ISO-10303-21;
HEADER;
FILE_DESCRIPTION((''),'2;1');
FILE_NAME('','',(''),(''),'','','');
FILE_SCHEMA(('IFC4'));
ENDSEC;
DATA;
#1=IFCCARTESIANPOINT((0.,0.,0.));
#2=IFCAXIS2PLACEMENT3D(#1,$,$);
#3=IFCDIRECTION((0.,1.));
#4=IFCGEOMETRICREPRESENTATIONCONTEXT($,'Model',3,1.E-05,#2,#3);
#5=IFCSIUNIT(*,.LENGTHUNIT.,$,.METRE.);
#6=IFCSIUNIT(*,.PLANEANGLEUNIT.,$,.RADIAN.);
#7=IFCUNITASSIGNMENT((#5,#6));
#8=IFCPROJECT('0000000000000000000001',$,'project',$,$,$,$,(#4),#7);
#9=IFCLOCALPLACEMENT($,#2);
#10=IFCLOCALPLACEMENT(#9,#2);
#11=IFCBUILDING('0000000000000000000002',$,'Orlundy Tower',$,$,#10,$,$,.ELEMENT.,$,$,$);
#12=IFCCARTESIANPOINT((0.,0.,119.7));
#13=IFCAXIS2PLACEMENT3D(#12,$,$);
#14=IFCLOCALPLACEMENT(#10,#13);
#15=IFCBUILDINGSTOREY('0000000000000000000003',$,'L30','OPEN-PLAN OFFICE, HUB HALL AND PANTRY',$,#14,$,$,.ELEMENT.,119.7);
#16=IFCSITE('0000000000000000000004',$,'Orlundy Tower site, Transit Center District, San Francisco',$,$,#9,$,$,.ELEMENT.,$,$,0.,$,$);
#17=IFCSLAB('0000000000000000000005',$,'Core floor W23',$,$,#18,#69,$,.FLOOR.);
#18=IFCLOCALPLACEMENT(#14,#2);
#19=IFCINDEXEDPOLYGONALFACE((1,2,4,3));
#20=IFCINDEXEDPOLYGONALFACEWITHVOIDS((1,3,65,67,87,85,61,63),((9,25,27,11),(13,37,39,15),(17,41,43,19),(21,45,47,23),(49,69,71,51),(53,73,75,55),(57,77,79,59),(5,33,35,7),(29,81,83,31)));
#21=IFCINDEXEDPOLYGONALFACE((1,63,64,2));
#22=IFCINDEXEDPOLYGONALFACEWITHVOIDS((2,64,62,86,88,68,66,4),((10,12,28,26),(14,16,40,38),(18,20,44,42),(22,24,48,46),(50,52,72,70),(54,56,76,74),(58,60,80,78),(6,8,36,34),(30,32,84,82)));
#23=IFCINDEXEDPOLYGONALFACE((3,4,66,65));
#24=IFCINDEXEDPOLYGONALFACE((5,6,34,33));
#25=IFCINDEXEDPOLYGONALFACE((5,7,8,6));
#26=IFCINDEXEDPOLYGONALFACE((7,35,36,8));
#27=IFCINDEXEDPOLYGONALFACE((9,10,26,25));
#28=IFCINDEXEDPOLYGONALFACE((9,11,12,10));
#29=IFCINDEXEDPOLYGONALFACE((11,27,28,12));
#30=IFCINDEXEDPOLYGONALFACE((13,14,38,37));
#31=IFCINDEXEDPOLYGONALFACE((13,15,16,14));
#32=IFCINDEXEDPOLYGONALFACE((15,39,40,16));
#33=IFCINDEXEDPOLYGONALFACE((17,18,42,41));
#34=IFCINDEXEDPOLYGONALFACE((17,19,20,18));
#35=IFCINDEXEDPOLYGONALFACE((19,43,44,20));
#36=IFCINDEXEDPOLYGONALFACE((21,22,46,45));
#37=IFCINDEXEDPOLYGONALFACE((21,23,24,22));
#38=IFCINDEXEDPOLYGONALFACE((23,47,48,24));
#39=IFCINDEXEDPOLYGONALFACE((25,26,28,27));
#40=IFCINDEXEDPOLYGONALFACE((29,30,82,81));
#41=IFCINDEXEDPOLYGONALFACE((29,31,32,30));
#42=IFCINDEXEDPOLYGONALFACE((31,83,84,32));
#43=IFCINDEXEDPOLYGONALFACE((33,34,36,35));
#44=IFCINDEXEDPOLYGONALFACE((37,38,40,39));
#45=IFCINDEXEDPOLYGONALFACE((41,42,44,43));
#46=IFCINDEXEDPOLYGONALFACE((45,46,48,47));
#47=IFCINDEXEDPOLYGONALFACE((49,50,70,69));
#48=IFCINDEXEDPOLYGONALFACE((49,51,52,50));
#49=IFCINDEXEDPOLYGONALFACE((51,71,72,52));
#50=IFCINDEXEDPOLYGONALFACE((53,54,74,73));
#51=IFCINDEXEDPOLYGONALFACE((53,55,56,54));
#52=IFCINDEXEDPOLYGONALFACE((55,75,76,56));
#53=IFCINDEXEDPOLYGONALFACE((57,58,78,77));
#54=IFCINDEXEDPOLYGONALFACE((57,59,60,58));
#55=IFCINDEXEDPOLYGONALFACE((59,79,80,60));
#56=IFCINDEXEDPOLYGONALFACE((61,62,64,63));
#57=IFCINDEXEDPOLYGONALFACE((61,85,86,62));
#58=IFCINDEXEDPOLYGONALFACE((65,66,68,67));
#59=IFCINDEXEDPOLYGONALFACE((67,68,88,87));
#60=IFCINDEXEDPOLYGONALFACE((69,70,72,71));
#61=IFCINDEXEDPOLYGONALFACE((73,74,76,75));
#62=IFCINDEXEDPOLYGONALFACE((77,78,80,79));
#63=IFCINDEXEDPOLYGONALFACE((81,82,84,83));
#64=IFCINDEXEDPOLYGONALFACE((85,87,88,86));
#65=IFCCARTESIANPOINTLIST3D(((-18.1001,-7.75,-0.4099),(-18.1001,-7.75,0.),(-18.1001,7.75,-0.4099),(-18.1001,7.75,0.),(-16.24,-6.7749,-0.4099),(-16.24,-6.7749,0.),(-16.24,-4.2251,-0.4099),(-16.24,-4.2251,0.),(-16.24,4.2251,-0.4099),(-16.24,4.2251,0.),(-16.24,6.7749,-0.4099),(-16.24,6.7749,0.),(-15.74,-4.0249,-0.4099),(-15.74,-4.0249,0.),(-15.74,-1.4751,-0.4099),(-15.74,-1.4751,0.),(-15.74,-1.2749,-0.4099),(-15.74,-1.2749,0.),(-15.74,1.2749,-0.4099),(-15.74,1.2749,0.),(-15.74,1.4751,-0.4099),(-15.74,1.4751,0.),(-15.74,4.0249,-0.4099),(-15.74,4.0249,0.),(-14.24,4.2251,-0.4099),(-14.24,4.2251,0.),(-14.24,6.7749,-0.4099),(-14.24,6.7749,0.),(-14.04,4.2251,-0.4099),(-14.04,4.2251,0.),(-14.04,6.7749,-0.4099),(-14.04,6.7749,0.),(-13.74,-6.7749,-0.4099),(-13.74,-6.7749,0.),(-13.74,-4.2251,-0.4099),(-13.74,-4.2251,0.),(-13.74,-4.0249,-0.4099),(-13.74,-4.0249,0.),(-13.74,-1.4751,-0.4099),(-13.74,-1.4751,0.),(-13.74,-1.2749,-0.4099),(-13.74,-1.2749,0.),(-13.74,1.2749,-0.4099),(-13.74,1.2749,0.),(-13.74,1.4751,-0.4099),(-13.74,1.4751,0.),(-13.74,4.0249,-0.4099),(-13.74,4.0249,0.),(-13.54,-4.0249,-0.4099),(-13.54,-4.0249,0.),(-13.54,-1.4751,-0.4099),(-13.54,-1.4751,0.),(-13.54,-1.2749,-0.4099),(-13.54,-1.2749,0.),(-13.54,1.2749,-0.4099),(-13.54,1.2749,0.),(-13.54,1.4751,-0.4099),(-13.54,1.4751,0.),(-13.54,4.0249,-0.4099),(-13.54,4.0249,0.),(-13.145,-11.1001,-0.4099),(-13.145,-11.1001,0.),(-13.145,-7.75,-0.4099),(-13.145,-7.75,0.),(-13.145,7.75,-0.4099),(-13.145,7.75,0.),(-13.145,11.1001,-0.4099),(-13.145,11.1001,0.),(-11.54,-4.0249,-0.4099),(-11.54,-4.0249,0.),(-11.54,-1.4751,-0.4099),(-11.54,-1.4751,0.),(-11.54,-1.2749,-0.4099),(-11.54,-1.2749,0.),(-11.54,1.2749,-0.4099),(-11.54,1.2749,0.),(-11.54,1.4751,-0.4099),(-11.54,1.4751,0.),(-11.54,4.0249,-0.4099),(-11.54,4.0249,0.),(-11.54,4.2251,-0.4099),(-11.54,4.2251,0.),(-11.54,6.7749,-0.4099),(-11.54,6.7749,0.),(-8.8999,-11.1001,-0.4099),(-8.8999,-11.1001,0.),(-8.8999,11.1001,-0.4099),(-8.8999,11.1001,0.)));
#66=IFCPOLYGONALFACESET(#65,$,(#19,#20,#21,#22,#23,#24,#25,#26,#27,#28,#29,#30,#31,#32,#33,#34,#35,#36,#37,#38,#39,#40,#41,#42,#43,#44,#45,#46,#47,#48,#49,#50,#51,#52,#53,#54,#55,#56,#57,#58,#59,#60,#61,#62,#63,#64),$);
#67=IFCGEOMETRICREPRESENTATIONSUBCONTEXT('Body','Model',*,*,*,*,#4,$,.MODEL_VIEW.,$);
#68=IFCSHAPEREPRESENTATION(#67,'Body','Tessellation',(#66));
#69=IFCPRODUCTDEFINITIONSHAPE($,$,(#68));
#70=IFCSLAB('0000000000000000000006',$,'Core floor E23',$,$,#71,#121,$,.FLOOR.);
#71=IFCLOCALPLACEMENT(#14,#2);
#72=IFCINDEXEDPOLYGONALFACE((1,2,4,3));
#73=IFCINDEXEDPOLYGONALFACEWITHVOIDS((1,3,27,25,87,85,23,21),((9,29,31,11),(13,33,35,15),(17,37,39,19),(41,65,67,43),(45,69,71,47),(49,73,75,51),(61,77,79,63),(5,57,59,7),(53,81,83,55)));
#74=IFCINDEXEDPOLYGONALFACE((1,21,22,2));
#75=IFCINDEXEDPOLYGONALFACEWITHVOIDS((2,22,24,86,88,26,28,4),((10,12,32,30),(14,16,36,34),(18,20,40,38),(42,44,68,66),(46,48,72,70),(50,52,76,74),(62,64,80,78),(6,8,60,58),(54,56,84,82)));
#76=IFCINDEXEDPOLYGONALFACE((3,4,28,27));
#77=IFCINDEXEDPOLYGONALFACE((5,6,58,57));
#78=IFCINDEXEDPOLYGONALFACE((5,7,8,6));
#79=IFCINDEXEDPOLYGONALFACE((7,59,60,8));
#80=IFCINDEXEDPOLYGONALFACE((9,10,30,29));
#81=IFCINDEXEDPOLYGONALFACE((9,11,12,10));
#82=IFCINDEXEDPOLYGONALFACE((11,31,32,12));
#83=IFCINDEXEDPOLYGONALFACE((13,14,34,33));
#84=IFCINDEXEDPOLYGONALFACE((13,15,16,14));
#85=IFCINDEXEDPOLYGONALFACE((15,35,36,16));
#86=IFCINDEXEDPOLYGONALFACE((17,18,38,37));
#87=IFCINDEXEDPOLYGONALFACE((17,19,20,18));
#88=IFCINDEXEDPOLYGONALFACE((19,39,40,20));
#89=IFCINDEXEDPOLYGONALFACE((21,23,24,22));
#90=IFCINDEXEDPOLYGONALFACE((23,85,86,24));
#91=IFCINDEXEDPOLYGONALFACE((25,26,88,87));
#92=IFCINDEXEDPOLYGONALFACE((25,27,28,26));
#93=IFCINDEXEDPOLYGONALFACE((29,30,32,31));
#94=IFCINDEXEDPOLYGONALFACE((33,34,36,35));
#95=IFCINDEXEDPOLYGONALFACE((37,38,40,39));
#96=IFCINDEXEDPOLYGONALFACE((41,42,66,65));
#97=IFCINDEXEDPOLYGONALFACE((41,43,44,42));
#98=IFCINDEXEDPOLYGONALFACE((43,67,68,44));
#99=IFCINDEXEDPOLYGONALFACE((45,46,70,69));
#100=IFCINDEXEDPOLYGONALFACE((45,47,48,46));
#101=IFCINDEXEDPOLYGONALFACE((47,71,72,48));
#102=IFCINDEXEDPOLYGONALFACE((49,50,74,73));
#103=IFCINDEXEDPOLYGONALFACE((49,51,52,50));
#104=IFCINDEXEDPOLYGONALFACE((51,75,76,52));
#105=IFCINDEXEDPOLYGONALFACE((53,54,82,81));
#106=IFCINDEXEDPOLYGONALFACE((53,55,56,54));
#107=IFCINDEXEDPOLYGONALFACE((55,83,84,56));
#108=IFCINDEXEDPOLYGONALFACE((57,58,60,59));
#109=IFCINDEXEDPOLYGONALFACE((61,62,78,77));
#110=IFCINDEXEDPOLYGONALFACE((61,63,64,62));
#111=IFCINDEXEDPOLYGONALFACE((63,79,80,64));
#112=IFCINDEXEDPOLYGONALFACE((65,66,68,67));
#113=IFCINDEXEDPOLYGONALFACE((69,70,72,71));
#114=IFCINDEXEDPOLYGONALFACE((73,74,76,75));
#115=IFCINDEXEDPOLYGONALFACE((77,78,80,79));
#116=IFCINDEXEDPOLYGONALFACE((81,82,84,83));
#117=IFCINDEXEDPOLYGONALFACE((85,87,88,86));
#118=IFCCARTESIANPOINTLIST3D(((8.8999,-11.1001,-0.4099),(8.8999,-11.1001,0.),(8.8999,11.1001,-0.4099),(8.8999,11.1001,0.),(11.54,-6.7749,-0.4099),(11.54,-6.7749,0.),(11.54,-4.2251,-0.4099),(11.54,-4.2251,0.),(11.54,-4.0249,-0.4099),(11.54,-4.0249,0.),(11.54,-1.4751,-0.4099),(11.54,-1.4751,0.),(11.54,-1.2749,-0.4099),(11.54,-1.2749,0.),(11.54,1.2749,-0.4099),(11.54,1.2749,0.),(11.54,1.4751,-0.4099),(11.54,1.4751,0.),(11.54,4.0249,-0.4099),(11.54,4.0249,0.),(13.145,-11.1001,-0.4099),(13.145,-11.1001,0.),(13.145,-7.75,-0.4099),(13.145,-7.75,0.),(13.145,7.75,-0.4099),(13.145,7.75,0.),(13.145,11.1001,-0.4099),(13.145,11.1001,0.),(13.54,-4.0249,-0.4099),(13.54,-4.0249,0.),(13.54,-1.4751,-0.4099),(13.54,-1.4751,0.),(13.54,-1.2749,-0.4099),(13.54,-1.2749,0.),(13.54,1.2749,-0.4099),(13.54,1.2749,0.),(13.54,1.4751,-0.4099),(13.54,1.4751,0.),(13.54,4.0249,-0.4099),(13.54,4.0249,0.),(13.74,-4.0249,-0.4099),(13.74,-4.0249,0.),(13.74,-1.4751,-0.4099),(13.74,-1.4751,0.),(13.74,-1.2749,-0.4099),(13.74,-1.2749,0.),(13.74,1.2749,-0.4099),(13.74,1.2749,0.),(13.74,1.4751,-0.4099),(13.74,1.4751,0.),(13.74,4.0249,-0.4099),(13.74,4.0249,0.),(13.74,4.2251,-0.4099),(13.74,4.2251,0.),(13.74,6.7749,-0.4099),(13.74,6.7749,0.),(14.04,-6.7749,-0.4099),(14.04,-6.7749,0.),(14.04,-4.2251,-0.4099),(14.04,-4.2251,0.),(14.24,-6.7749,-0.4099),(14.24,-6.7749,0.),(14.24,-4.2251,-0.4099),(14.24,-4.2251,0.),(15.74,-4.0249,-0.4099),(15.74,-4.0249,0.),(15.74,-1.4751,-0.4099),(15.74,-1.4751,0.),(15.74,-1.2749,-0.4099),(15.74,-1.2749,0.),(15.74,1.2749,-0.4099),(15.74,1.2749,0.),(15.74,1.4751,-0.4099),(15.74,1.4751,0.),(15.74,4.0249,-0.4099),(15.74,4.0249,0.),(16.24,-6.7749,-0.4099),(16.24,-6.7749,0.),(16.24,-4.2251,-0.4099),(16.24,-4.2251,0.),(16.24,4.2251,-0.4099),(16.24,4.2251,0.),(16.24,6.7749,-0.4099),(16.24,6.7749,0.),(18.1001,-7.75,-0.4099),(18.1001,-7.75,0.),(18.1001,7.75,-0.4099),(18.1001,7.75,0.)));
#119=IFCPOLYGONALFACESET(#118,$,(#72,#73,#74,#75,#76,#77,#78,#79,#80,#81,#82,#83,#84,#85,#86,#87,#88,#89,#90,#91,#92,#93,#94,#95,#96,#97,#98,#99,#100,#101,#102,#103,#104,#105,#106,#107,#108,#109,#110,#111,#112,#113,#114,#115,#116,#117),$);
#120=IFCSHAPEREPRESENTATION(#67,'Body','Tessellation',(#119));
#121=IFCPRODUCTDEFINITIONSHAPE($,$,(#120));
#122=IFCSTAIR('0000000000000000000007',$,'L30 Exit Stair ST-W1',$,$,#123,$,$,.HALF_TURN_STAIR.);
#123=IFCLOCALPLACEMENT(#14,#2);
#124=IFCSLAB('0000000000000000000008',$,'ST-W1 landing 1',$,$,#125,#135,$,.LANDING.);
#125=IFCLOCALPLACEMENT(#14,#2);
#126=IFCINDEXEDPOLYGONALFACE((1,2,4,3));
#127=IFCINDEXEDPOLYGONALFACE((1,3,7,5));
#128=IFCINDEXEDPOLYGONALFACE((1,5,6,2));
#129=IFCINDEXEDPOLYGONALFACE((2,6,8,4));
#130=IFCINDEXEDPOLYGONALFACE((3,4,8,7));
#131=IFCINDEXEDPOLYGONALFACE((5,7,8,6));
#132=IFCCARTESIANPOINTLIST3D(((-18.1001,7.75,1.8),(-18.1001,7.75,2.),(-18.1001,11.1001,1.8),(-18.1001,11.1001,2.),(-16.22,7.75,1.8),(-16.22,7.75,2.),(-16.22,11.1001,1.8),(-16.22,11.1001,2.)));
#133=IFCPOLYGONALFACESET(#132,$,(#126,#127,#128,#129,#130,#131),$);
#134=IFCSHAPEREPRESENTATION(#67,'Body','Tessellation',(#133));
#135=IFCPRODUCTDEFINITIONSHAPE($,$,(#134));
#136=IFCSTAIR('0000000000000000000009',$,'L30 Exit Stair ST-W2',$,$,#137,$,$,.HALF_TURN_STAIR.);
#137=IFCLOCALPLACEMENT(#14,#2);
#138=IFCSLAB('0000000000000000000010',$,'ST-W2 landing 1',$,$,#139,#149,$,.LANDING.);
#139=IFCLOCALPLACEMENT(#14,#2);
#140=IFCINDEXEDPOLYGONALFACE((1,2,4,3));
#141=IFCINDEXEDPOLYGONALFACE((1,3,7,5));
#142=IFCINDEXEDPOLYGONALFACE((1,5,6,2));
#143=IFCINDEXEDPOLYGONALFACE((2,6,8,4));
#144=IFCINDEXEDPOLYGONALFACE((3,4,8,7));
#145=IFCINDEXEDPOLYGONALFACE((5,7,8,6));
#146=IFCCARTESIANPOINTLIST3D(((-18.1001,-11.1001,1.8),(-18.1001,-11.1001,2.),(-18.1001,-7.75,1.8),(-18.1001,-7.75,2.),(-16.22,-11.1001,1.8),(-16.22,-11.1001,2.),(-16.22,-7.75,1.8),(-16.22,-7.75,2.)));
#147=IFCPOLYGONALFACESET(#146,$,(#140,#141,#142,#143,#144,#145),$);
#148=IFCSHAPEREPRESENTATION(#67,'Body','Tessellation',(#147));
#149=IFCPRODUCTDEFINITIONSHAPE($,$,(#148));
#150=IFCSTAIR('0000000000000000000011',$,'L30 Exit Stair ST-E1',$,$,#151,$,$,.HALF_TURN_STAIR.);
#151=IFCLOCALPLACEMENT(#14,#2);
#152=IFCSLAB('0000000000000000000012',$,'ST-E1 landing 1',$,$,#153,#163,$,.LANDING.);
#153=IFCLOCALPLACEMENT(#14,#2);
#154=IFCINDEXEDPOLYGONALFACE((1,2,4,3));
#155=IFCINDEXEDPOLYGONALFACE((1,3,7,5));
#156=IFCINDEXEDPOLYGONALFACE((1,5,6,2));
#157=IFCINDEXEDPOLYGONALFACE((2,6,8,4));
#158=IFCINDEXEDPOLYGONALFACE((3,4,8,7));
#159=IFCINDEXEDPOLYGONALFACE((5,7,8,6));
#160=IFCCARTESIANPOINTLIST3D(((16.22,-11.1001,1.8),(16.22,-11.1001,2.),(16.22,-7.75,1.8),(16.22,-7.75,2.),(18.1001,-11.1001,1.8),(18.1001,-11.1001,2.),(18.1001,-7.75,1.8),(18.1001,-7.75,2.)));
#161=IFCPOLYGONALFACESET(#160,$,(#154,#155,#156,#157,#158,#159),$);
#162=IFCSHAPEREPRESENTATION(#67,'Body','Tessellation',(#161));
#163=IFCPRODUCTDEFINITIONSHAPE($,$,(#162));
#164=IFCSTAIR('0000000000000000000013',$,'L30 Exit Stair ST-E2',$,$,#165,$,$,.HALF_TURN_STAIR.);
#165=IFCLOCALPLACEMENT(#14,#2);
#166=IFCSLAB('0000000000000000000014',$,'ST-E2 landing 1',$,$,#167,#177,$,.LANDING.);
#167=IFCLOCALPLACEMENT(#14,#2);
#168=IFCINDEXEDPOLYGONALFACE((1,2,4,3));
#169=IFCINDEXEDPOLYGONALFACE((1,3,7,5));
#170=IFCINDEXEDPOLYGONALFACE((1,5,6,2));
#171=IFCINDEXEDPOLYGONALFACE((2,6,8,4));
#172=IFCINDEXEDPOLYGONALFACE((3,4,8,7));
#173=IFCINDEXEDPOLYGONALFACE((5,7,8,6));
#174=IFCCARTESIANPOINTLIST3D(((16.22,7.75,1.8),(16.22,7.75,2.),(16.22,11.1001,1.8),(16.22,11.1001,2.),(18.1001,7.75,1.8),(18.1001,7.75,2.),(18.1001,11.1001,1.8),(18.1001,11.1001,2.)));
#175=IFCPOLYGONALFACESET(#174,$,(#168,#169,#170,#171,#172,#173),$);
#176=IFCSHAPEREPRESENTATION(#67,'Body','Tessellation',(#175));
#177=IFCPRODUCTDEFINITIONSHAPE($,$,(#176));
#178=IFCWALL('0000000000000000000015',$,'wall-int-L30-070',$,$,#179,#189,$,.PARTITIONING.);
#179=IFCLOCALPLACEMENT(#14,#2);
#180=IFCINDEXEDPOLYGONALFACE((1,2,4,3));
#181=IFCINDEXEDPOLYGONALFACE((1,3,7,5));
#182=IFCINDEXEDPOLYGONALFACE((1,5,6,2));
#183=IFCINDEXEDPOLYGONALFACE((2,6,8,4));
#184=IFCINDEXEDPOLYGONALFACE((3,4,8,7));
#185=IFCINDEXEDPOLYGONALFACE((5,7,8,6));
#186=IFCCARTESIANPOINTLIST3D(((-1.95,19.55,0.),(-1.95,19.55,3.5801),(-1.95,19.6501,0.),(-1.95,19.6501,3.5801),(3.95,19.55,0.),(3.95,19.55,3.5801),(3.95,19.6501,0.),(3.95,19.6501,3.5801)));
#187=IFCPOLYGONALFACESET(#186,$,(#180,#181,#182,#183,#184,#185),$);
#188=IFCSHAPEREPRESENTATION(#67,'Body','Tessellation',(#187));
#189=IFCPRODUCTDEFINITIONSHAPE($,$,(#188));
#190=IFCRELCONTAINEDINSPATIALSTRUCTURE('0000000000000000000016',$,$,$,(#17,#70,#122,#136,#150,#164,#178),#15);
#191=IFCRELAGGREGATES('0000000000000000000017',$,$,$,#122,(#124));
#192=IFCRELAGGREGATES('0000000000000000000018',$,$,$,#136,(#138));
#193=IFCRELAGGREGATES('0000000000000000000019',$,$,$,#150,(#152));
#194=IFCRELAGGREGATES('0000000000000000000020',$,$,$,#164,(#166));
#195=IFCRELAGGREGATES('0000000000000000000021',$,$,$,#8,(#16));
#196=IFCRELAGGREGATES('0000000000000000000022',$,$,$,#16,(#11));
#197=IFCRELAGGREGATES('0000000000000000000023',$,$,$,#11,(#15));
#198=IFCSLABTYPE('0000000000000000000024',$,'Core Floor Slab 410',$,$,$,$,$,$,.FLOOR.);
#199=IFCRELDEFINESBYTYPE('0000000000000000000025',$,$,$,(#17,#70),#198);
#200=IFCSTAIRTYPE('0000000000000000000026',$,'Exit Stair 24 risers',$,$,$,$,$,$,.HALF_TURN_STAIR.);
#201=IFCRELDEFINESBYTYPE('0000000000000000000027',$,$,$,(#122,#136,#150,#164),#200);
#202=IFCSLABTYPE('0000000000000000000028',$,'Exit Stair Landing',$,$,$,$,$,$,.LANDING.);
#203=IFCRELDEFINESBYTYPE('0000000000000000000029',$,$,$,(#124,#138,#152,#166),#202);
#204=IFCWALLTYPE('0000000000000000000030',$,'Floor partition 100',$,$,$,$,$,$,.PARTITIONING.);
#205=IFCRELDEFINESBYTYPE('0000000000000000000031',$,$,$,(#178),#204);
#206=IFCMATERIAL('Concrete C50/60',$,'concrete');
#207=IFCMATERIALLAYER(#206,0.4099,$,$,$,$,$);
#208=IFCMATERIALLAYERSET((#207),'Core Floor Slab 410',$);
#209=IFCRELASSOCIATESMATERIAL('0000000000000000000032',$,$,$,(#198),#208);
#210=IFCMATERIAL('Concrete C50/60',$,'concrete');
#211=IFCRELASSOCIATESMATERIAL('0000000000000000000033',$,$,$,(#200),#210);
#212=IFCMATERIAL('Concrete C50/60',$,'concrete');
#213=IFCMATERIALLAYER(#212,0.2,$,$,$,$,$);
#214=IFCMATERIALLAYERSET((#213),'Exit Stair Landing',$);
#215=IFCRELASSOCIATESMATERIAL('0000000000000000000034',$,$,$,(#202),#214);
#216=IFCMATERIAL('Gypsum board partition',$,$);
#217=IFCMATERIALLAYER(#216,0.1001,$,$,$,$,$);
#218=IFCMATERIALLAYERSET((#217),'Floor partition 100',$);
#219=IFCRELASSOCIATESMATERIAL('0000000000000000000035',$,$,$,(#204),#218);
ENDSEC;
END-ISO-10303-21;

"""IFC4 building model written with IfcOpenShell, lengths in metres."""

from ifc_helpers import new_model, si_unit, direction, frame, frame_2d, origin, place, context, subcontext, project, spatial, polyline, rectangle, outline, extrude, material, layer, layer_set, type_object, element, aggregate, save


model = new_model("IFC4")

# Units and contexts
model_context = context("Model", 3, precision=1e-05, world=origin(), true_north=direction((0.0, 1.0)))
body_context = subcontext(model_context, "Body", "Model", "MODEL_VIEW")
ifc_project = project(units=[si_unit("LENGTHUNIT", "METRE"), si_unit("PLANEANGLEUNIT", "RADIAN")], contexts=[model_context])

# Site, building, storey
site_placement = place(None, origin())
site = spatial("IfcSite", under=ifc_project, at=site_placement, Name="Orlundy Tower site, Transit Center District, San Francisco", CompositionType="ELEMENT", RefElevation=0.0)
building_placement = place(site_placement, origin())
building = spatial("IfcBuilding", under=site, at=building_placement, Name="Orlundy Tower", CompositionType="ELEMENT")
storey_placement = place(building_placement, frame((0.0, 0.0, 119.7)))
storey = spatial("IfcBuildingStorey", under=building, at=storey_placement, Name="L30", Description="OPEN-PLAN OFFICE, HUB HALL AND PANTRY", CompositionType="ELEMENT", Elevation=119.7)

# Slabs
ifc_material_1 = material(Name="Concrete C50/60", Category="concrete")
ifc_layer_1 = layer(ifc_material_1, 0.4099)
ifc_layer_set_1 = layer_set([ifc_layer_1], Name="Core Floor Slab 410")
slab_type_1 = type_object("IfcSlabType", Name="Core Floor Slab 410", PredefinedType="FLOOR", material=ifc_layer_set_1)
slab_1_placement = place(storey_placement, frame((0.0, 0.0, -0.4099)))
element("IfcSlab", 1, at=slab_1_placement, inside=storey, type_object=slab_type_1, Name="Core floor W23", PredefinedType="FLOOR", context=body_context, shape_type="SweptSolid", body=[
    extrude(outline(polyline([(-13.145, 7.75), (-13.145, 11.1001), (-8.8999, 11.1001), (-8.8999, -11.1001), (-13.145, -11.1001), (-13.145, -7.75), (-18.1001, -7.75), (-18.1001, 7.75), (-13.145, 7.75)]), holes=[polyline([(-16.24, -6.7749), (-13.74, -6.7749), (-13.74, -4.2251), (-16.24, -4.2251), (-16.24, -6.7749)]), polyline([(-13.54, -1.4751), (-13.54, -4.0249), (-11.54, -4.0249), (-11.54, -1.4751), (-13.54, -1.4751)]), polyline([(-13.74, -1.4751), (-15.74, -1.4751), (-15.74, -4.0249), (-13.74, -4.0249), (-13.74, -1.4751)]), polyline([(-11.54, -1.2749), (-11.54, 1.2749), (-13.54, 1.2749), (-13.54, -1.2749), (-11.54, -1.2749)]), polyline([(-15.74, -1.2749), (-13.74, -1.2749), (-13.74, 1.2749), (-15.74, 1.2749), (-15.74, -1.2749)]), polyline([(-13.54, 4.0249), (-13.54, 1.4751), (-11.54, 1.4751), (-11.54, 4.0249), (-13.54, 4.0249)]), polyline([(-13.74, 4.0249), (-15.74, 4.0249), (-15.74, 1.4751), (-13.74, 1.4751), (-13.74, 4.0249)]), polyline([(-11.54, 4.2251), (-11.54, 6.7749), (-14.04, 6.7749), (-14.04, 4.2251), (-11.54, 4.2251)]), polyline([(-16.24, 4.2251), (-14.24, 4.2251), (-14.24, 6.7749), (-16.24, 6.7749), (-16.24, 4.2251)])]), origin(), (0.0, 0.0, 1.0), 0.4099),
])
slab_2_placement = place(storey_placement, frame((0.0, 0.0, -0.4099)))
element("IfcSlab", 2, at=slab_2_placement, inside=storey, type_object=slab_type_1, Name="Core floor E23", PredefinedType="FLOOR", context=body_context, shape_type="SweptSolid", body=[
    extrude(outline(polyline([(13.145, -7.75), (13.145, -11.1001), (8.8999, -11.1001), (8.8999, 11.1001), (13.145, 11.1001), (13.145, 7.75), (18.1001, 7.75), (18.1001, -7.75), (13.145, -7.75)]), holes=[polyline([(16.24, 6.7749), (13.74, 6.7749), (13.74, 4.2251), (16.24, 4.2251), (16.24, 6.7749)]), polyline([(13.54, 1.4751), (13.54, 4.0249), (11.54, 4.0249), (11.54, 1.4751), (13.54, 1.4751)]), polyline([(13.74, 1.4751), (15.74, 1.4751), (15.74, 4.0249), (13.74, 4.0249), (13.74, 1.4751)]), polyline([(11.54, 1.2749), (11.54, -1.2749), (13.54, -1.2749), (13.54, 1.2749), (11.54, 1.2749)]), polyline([(15.74, 1.2749), (13.74, 1.2749), (13.74, -1.2749), (15.74, -1.2749), (15.74, 1.2749)]), polyline([(13.54, -4.0249), (13.54, -1.4751), (11.54, -1.4751), (11.54, -4.0249), (13.54, -4.0249)]), polyline([(13.74, -4.0249), (15.74, -4.0249), (15.74, -1.4751), (13.74, -1.4751), (13.74, -4.0249)]), polyline([(11.54, -4.2251), (11.54, -6.7749), (14.04, -6.7749), (14.04, -4.2251), (11.54, -4.2251)]), polyline([(16.24, -4.2251), (14.24, -4.2251), (14.24, -6.7749), (16.24, -6.7749), (16.24, -4.2251)])]), origin(), (0.0, 0.0, 1.0), 0.4099),
])

# Stairs, slabs
ifc_material_2 = material(Name="Concrete C50/60", Category="concrete")
stair_type = type_object("IfcStairType", Name="Exit Stair 24 risers", PredefinedType="HALF_TURN_STAIR", material=ifc_material_2)
stair_1_placement = place(storey_placement, origin())
stair_1 = element("IfcStair", 3, at=stair_1_placement, inside=storey, type_object=stair_type, Name="L30 Exit Stair ST-W1", PredefinedType="HALF_TURN_STAIR")
ifc_material_3 = material(Name="Concrete C50/60", Category="concrete")
ifc_layer_2 = layer(ifc_material_3, 0.2)
ifc_layer_set_2 = layer_set([ifc_layer_2], Name="Exit Stair Landing")
slab_type_2 = type_object("IfcSlabType", Name="Exit Stair Landing", PredefinedType="LANDING", material=ifc_layer_set_2)
slab_3_placement = place(storey_placement, frame((0.0, 0.0, 1.8)))
slab_3 = element("IfcSlab", 4, at=slab_3_placement, type_object=slab_type_2, Name="ST-W1 landing 1", PredefinedType="LANDING", context=body_context, shape_type="SweptSolid", body=[
    extrude(outline(polyline([(-16.22, 11.1001), (-18.1001, 11.1001), (-18.1001, 7.75), (-16.22, 7.75), (-16.22, 11.1001)])), origin(), (0.0, 0.0, 1.0), 0.2),
])
aggregate(stair_1, [slab_3])
stair_2_placement = place(storey_placement, origin())
stair_2 = element("IfcStair", 5, at=stair_2_placement, inside=storey, type_object=stair_type, Name="L30 Exit Stair ST-W2", PredefinedType="HALF_TURN_STAIR")
slab_4_placement = place(storey_placement, frame((0.0, 0.0, 1.8)))
slab_4 = element("IfcSlab", 6, at=slab_4_placement, type_object=slab_type_2, Name="ST-W2 landing 1", PredefinedType="LANDING", context=body_context, shape_type="SweptSolid", body=[
    extrude(outline(polyline([(-16.22, -7.75), (-18.1001, -7.75), (-18.1001, -11.1001), (-16.22, -11.1001), (-16.22, -7.75)])), origin(), (0.0, 0.0, 1.0), 0.2),
])
aggregate(stair_2, [slab_4])
stair_3_placement = place(storey_placement, origin())
stair_3 = element("IfcStair", 7, at=stair_3_placement, inside=storey, type_object=stair_type, Name="L30 Exit Stair ST-E1", PredefinedType="HALF_TURN_STAIR")
slab_5_placement = place(storey_placement, frame((0.0, 0.0, 1.8)))
slab_5 = element("IfcSlab", 8, at=slab_5_placement, type_object=slab_type_2, Name="ST-E1 landing 1", PredefinedType="LANDING", context=body_context, shape_type="SweptSolid", body=[
    extrude(outline(polyline([(16.22, -11.1001), (18.1001, -11.1001), (18.1001, -7.75), (16.22, -7.75), (16.22, -11.1001)])), origin(), (0.0, 0.0, 1.0), 0.2),
])
aggregate(stair_3, [slab_5])
stair_4_placement = place(storey_placement, origin())
stair_4 = element("IfcStair", 9, at=stair_4_placement, inside=storey, type_object=stair_type, Name="L30 Exit Stair ST-E2", PredefinedType="HALF_TURN_STAIR")
slab_6_placement = place(storey_placement, frame((0.0, 0.0, 1.8)))
slab_6 = element("IfcSlab", 10, at=slab_6_placement, type_object=slab_type_2, Name="ST-E2 landing 1", PredefinedType="LANDING", context=body_context, shape_type="SweptSolid", body=[
    extrude(outline(polyline([(16.22, 7.75), (18.1001, 7.75), (18.1001, 11.1001), (16.22, 11.1001), (16.22, 7.75)])), origin(), (0.0, 0.0, 1.0), 0.2),
])
aggregate(stair_4, [slab_6])

# Wall
ifc_material_4 = material(Name="Gypsum board partition")
ifc_layer_3 = layer(ifc_material_4, 0.1001)
ifc_layer_set_3 = layer_set([ifc_layer_3], Name="Floor partition 100")
wall_type_1 = type_object("IfcWallType", Name="Floor partition 100", PredefinedType="PARTITIONING", material=ifc_layer_set_3)
wall_1_placement = place(storey_placement, frame((-1.95, 19.6001, 0.0), z_axis=(0.0, 0.0, 1.0), x_axis=(1.0, 0.0, 0.0)))
element("IfcWall", 11, at=wall_1_placement, inside=storey, type_object=wall_type_1, Name="wall-int-L30-070", PredefinedType="PARTITIONING", context=body_context, shape_type="SweptSolid", body=[
    extrude(rectangle(XDim=5.8999, YDim=0.1001, at=frame_2d((2.95, 0.0))), origin(), (0.0, 0.0, 1.0), 3.5801),
])

save(model, "model.ifc")
